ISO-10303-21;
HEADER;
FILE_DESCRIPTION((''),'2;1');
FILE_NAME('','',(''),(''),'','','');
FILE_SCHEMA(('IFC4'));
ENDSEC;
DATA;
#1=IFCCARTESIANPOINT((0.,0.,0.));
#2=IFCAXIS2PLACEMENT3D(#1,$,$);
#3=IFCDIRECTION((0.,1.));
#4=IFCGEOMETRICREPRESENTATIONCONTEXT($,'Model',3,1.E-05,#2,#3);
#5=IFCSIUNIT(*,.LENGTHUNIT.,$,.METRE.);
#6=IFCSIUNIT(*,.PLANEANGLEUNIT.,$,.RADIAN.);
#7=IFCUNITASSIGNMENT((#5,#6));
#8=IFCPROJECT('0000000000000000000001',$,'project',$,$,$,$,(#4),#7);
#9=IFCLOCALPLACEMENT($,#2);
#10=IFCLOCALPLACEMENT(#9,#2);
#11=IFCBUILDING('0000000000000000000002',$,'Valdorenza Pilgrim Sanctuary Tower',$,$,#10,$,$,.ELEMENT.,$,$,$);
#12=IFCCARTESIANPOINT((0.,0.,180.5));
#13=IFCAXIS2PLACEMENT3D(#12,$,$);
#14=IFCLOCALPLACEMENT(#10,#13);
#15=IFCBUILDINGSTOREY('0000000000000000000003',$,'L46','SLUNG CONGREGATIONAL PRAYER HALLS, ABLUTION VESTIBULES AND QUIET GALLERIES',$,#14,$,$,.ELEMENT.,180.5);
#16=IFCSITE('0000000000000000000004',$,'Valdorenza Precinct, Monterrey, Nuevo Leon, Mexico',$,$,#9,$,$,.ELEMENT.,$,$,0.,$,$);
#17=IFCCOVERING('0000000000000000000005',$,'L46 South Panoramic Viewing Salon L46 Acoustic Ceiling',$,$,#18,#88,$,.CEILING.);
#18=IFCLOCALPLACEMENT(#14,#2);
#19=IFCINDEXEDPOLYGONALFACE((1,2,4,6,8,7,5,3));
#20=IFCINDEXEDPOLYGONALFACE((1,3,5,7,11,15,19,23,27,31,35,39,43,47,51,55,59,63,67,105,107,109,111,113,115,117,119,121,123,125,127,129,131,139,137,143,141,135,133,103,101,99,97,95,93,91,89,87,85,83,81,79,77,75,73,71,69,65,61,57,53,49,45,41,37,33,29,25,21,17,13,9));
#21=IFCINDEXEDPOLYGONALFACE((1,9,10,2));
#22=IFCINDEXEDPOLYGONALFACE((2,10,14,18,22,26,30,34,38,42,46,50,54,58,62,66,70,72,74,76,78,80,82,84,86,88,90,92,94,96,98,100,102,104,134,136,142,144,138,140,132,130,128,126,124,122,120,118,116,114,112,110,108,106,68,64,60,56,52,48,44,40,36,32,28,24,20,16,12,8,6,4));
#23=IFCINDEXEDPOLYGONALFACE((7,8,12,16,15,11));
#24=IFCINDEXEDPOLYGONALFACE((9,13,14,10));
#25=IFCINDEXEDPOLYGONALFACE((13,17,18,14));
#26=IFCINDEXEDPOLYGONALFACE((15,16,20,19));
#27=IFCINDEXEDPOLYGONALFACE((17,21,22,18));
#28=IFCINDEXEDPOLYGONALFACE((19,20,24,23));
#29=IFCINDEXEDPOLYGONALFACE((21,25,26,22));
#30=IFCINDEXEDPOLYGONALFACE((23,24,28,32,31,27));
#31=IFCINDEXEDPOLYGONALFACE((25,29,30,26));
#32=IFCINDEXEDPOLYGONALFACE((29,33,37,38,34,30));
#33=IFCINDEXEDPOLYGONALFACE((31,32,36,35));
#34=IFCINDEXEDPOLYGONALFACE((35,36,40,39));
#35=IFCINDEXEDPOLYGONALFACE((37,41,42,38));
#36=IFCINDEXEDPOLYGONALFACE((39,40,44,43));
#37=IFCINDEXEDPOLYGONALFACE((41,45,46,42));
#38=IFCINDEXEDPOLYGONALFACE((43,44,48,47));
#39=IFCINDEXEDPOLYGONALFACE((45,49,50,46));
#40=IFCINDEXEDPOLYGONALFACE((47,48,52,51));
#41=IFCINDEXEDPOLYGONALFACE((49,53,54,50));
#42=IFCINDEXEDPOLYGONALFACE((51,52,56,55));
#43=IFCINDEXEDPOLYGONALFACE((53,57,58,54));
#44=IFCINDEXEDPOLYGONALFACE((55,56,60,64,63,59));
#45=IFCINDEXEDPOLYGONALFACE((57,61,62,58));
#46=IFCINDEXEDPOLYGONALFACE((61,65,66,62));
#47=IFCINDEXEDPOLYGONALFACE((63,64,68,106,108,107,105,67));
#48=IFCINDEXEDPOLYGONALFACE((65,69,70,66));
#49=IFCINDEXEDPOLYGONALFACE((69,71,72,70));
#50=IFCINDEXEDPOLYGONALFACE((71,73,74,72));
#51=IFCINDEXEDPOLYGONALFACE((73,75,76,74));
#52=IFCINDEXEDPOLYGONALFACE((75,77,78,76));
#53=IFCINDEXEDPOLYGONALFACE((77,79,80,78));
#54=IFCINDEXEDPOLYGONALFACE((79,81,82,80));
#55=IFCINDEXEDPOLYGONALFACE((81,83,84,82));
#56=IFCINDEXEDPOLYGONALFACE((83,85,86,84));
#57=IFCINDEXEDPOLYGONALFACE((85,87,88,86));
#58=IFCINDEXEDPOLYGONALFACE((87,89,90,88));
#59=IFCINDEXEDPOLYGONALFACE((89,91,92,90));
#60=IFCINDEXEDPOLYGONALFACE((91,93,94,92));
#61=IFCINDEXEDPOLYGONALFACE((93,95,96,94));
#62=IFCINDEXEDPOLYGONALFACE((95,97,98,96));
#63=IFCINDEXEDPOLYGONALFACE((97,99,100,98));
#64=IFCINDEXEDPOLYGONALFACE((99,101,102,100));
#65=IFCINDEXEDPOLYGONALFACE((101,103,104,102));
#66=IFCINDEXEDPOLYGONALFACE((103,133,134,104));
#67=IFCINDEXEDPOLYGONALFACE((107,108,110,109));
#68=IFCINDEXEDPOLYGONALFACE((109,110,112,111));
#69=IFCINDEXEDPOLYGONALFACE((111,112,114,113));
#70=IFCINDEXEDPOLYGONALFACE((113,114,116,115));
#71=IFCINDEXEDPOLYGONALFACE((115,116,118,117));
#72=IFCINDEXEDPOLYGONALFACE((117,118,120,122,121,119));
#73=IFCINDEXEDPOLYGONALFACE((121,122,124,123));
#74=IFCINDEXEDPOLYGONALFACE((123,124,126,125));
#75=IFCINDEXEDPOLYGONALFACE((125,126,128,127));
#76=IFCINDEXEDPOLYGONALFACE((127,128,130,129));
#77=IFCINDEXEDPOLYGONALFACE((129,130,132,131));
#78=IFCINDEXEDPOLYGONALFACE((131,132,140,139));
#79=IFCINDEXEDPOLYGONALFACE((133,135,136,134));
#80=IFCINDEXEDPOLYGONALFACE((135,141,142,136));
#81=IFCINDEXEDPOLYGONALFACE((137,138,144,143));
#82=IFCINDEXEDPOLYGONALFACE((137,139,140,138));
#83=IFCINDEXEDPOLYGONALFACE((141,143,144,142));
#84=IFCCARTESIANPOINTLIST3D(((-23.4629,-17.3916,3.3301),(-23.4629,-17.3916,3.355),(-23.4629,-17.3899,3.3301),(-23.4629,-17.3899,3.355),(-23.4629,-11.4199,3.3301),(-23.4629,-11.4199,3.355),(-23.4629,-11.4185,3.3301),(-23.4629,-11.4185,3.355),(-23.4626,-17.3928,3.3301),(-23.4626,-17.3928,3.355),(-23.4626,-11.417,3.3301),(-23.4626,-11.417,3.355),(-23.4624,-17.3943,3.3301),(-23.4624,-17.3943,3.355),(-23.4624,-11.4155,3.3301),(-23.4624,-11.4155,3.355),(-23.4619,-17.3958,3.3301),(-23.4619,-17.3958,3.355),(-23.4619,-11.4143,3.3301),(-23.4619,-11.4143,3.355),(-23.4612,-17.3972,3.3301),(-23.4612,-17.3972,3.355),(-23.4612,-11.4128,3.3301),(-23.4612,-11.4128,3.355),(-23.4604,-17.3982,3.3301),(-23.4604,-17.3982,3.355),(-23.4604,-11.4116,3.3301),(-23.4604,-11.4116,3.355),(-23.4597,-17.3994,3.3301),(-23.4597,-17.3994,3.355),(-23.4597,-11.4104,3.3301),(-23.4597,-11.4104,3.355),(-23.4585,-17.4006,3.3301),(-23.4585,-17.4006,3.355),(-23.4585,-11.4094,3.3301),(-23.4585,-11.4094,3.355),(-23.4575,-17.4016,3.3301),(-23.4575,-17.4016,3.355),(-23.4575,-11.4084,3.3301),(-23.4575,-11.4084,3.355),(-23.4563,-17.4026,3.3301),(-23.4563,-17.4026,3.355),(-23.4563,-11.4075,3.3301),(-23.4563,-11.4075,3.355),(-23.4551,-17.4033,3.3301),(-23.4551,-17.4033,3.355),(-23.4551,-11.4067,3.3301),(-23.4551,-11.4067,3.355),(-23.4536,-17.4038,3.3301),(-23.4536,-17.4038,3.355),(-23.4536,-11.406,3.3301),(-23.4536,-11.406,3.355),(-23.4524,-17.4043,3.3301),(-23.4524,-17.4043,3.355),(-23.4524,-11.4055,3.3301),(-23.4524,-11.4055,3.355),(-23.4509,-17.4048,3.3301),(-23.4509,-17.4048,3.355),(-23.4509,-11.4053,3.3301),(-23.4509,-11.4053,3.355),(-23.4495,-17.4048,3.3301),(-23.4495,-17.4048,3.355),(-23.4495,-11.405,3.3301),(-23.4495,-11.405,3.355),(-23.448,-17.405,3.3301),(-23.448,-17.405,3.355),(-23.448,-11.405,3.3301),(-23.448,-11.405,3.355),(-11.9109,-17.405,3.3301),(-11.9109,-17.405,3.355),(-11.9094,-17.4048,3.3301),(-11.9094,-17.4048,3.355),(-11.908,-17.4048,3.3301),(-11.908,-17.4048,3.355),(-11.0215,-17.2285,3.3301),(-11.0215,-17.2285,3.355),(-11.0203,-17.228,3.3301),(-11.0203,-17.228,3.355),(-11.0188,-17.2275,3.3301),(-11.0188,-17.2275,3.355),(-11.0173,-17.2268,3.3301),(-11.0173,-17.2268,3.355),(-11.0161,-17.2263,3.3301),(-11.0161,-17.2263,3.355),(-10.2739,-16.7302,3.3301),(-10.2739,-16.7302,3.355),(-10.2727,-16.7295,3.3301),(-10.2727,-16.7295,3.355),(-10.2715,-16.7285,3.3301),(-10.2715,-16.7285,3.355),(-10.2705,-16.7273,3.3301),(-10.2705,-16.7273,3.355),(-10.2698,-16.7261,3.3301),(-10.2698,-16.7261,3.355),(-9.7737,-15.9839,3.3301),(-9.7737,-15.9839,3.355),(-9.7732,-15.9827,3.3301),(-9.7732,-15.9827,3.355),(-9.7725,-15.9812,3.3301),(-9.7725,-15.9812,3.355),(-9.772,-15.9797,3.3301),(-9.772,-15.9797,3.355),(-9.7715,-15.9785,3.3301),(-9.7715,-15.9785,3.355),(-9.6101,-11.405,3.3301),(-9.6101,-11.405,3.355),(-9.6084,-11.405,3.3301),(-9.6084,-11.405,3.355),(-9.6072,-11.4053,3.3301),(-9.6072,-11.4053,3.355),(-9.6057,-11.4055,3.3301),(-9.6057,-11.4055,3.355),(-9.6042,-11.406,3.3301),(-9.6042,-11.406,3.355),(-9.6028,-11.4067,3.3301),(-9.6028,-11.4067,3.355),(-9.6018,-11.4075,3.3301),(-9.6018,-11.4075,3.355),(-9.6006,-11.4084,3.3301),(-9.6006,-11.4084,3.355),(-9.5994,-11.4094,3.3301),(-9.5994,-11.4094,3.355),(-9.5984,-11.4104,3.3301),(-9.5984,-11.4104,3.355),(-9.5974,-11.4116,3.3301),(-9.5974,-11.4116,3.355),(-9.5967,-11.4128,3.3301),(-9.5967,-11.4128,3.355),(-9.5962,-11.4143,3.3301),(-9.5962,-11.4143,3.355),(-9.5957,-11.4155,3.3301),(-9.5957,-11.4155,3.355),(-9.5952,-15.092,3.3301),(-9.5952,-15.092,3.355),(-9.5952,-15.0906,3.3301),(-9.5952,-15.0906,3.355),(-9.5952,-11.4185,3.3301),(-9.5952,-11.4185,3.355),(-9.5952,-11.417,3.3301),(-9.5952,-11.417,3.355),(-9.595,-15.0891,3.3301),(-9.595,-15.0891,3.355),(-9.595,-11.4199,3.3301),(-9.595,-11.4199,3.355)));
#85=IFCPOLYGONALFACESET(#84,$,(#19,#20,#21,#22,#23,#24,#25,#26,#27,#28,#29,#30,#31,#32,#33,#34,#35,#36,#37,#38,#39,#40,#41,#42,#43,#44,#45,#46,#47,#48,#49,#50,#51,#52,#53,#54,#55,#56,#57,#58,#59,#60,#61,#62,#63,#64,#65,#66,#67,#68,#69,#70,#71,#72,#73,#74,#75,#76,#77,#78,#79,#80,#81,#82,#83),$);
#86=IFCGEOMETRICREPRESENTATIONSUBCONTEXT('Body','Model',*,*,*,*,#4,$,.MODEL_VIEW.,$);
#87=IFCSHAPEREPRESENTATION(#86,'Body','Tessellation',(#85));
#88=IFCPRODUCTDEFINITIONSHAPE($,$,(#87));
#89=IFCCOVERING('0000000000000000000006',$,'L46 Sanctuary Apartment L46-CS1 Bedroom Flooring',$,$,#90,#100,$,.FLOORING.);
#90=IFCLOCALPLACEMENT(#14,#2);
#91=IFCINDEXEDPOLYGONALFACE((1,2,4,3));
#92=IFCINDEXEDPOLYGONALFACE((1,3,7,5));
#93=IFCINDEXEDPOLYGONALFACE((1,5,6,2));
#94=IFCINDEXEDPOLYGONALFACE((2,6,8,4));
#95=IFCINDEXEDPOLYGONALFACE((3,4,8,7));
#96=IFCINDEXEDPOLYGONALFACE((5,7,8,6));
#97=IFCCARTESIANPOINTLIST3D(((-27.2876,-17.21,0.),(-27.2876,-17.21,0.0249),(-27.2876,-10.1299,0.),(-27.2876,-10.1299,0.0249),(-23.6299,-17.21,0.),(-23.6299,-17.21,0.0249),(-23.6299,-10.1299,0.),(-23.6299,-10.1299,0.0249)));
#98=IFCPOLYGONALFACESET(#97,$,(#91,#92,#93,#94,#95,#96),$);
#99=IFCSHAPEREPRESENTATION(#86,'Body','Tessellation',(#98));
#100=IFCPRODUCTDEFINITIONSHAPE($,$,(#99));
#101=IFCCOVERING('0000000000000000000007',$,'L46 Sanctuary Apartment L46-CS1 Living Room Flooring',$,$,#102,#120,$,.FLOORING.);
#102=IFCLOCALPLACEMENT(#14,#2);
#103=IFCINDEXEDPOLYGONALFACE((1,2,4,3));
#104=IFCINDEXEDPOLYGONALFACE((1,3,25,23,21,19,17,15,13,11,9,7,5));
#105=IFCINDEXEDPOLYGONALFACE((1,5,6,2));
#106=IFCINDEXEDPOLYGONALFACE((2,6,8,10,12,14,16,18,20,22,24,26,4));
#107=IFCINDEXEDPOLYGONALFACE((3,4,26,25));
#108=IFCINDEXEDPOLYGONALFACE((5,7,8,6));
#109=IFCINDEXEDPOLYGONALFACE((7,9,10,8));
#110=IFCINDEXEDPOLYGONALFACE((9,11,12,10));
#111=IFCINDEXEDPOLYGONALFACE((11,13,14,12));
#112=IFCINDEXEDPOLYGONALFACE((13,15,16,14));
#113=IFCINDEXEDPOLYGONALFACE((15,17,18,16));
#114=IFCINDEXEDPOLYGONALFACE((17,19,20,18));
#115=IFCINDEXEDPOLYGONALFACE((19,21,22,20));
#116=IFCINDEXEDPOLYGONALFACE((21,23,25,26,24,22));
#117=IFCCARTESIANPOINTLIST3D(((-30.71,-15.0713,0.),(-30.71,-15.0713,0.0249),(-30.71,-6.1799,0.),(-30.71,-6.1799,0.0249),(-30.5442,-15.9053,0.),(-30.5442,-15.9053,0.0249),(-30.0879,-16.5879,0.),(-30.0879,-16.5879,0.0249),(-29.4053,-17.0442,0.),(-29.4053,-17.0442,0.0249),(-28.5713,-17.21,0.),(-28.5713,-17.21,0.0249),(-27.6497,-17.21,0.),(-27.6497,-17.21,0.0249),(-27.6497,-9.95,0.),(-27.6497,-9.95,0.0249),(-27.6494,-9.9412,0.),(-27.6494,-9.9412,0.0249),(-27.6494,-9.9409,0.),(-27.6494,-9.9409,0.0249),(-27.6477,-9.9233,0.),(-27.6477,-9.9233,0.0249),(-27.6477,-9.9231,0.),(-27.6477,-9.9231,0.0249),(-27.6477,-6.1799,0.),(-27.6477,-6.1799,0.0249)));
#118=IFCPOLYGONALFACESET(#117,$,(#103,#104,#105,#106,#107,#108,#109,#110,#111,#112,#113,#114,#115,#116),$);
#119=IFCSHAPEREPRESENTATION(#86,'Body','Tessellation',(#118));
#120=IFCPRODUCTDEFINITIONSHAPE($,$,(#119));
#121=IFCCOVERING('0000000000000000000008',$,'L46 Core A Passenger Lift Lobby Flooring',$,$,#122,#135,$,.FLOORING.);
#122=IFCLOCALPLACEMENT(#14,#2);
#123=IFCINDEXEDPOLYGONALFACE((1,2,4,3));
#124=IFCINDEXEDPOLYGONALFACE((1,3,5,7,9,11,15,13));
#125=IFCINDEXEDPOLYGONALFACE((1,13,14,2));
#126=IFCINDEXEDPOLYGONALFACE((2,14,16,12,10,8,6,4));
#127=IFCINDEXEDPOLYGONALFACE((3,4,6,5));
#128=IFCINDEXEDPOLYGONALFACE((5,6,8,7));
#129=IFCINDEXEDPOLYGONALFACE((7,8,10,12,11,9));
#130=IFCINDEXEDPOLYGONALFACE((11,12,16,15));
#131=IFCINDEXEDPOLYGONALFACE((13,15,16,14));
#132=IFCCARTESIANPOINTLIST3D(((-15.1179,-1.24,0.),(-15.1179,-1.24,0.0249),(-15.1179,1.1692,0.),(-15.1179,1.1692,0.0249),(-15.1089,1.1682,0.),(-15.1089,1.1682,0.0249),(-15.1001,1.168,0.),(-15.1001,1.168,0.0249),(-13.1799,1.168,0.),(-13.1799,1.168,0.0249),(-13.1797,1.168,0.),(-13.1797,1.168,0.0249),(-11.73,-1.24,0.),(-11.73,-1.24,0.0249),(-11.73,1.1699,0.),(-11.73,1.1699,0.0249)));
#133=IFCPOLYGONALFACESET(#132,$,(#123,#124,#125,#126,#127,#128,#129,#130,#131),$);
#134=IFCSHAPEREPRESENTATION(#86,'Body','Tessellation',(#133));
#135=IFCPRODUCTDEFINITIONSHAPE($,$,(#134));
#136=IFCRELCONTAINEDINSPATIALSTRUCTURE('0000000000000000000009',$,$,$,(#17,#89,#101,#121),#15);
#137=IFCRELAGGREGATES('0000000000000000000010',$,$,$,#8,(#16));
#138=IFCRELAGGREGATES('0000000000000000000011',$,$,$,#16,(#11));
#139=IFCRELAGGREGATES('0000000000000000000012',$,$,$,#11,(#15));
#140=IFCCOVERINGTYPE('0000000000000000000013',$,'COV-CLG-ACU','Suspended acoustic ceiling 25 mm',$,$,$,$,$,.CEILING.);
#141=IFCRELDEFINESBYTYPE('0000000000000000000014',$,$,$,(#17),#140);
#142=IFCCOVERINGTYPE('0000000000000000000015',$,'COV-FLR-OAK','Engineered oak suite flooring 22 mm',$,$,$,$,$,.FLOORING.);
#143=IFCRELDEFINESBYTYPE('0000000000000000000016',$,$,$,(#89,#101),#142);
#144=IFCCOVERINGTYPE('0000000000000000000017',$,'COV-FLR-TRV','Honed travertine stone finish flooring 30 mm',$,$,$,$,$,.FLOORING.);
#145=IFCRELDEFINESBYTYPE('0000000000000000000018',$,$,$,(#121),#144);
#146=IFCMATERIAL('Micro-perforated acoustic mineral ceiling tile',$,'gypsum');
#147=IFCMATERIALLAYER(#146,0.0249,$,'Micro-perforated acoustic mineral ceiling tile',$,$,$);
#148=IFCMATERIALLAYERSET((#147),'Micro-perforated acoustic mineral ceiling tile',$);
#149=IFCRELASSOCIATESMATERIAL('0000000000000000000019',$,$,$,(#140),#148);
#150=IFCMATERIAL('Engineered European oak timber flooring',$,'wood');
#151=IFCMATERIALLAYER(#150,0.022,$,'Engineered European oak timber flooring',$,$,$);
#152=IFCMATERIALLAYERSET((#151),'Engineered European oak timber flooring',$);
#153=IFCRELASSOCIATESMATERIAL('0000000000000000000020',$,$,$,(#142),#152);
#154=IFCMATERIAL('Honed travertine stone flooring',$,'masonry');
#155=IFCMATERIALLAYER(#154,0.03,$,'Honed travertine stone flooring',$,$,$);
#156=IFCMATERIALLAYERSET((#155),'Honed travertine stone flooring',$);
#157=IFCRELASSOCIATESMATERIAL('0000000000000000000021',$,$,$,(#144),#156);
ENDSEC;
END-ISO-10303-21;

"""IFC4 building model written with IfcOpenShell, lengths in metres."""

from ifc_helpers import new_model, si_unit, direction, frame, origin, place, context, subcontext, project, spatial, polyline, outline, extrude, material, layer, layer_set, type_object, element, save


model = new_model("IFC4")

# Units and contexts
model_context = context("Model", 3, precision=1e-05, world=origin(), true_north=direction((0.0, 1.0)))
body_context = subcontext(model_context, "Body", "Model", "MODEL_VIEW")
ifc_project = project(units=[si_unit("LENGTHUNIT", "METRE"), si_unit("PLANEANGLEUNIT", "RADIAN")], contexts=[model_context])

# Site, building, storey
site_placement = place(None, origin())
site = spatial("IfcSite", under=ifc_project, at=site_placement, Name="Valdorenza Precinct, Monterrey, Nuevo Leon, Mexico", CompositionType="ELEMENT", RefElevation=0.0)
building_placement = place(site_placement, origin())
building = spatial("IfcBuilding", under=site, at=building_placement, Name="Valdorenza Pilgrim Sanctuary Tower", CompositionType="ELEMENT")
storey_placement = place(building_placement, frame((0.0, 0.0, 180.5)))
storey = spatial("IfcBuildingStorey", under=building, at=storey_placement, Name="L46", Description="SLUNG CONGREGATIONAL PRAYER HALLS, ABLUTION VESTIBULES AND QUIET GALLERIES", CompositionType="ELEMENT", Elevation=180.5)

# Coverings
ifc_material_1 = material(Name="Micro-perforated acoustic mineral ceiling tile", Category="gypsum")
ifc_layer_1 = layer(ifc_material_1, 0.0249, Name="Micro-perforated acoustic mineral ceiling tile")
ifc_layer_set_1 = layer_set([ifc_layer_1], Name="Micro-perforated acoustic mineral ceiling tile")
covering_type_1 = type_object("IfcCoveringType", Name="COV-CLG-ACU", Description="Suspended acoustic ceiling 25 mm", PredefinedType="CEILING", material=ifc_layer_set_1)
covering_1_placement = place(storey_placement, frame((0.0, 0.0, 3.3301)))
element("IfcCovering", 1, at=covering_1_placement, inside=storey, type_object=covering_type_1, Name="L46 South Panoramic Viewing Salon L46 Acoustic Ceiling", PredefinedType="CEILING", context=body_context, shape_type="SweptSolid", body=[
    extrude(outline(polyline([(-9.6101, -11.405), (-9.6084, -11.405), (-9.6072, -11.4053), (-9.6057, -11.4055), (-9.6042, -11.406), (-9.6028, -11.4067), (-9.6018, -11.4075), (-9.6006, -11.4084), (-9.5994, -11.4094), (-9.5984, -11.4104), (-9.5974, -11.4116), (-9.5967, -11.4128), (-9.5962, -11.4143), (-9.5957, -11.4155), (-9.5952, -11.417), (-9.5952, -11.4185), (-9.595, -11.4199), (-9.595, -15.0891), (-9.5952, -15.0906), (-9.5952, -15.092), (-9.7715, -15.9785), (-9.772, -15.9797), (-9.7725, -15.9812), (-9.7732, -15.9827), (-9.7737, -15.9839), (-10.2698, -16.7261), (-10.2705, -16.7273), (-10.2715, -16.7285), (-10.2727, -16.7295), (-10.2739, -16.7302), (-11.0161, -17.2263), (-11.0173, -17.2268), (-11.0188, -17.2275), (-11.0203, -17.228), (-11.0215, -17.2285), (-11.908, -17.4048), (-11.9094, -17.4048), (-11.9109, -17.405), (-23.448, -17.405), (-23.4495, -17.4048), (-23.4509, -17.4048), (-23.4524, -17.4043), (-23.4536, -17.4038), (-23.4551, -17.4033), (-23.4563, -17.4026), (-23.4575, -17.4016), (-23.4585, -17.4006), (-23.4597, -17.3994), (-23.4604, -17.3982), (-23.4612, -17.3972), (-23.4619, -17.3958), (-23.4624, -17.3943), (-23.4626, -17.3928), (-23.4629, -17.3916), (-23.4629, -17.3899), (-23.4629, -11.4199), (-23.4629, -11.4185), (-23.4626, -11.417), (-23.4624, -11.4155), (-23.4619, -11.4143), (-23.4612, -11.4128), (-23.4604, -11.4116), (-23.4597, -11.4104), (-23.4585, -11.4094), (-23.4575, -11.4084), (-23.4563, -11.4075), (-23.4551, -11.4067), (-23.4536, -11.406), (-23.4524, -11.4055), (-23.4509, -11.4053), (-23.4495, -11.405), (-23.448, -11.405), (-9.6101, -11.405)])), origin(), (0.0, 0.0, 1.0), 0.0249),
])
ifc_material_2 = material(Name="Engineered European oak timber flooring", Category="wood")
ifc_layer_2 = layer(ifc_material_2, 0.022, Name="Engineered European oak timber flooring")
ifc_layer_set_2 = layer_set([ifc_layer_2], Name="Engineered European oak timber flooring")
covering_type_2 = type_object("IfcCoveringType", Name="COV-FLR-OAK", Description="Engineered oak suite flooring 22 mm", PredefinedType="FLOORING", material=ifc_layer_set_2)
covering_2_placement = place(storey_placement, origin())
element("IfcCovering", 2, at=covering_2_placement, inside=storey, type_object=covering_type_2, Name="L46 Sanctuary Apartment L46-CS1 Bedroom Flooring", PredefinedType="FLOORING", context=body_context, shape_type="SweptSolid", body=[
    extrude(outline(polyline([(-27.2876, -10.1299), (-23.6299, -10.1299), (-23.6299, -17.21), (-27.2876, -17.21), (-27.2876, -10.1299)])), origin(), (0.0, 0.0, 1.0), 0.0249),
])
covering_3_placement = place(storey_placement, origin())
element("IfcCovering", 3, at=covering_3_placement, inside=storey, type_object=covering_type_2, Name="L46 Sanctuary Apartment L46-CS1 Living Room Flooring", PredefinedType="FLOORING", context=body_context, shape_type="SweptSolid", body=[
    extrude(outline(polyline([(-29.4053, -17.0442), (-30.0879, -16.5879), (-30.5442, -15.9053), (-30.71, -15.0713), (-30.71, -6.1799), (-27.6477, -6.1799), (-27.6477, -9.9231), (-27.6477, -9.9231), (-27.6477, -9.9233), (-27.6494, -9.9409), (-27.6494, -9.9412), (-27.6497, -9.95), (-27.6497, -17.21), (-28.5713, -17.21), (-29.4053, -17.0442)])), origin(), (0.0, 0.0, 1.0), 0.0249),
])
ifc_material_3 = material(Name="Honed travertine stone flooring", Category="masonry")
ifc_layer_3 = layer(ifc_material_3, 0.03, Name="Honed travertine stone flooring")
ifc_layer_set_3 = layer_set([ifc_layer_3], Name="Honed travertine stone flooring")
covering_type_3 = type_object("IfcCoveringType", Name="COV-FLR-TRV", Description="Honed travertine stone finish flooring 30 mm", PredefinedType="FLOORING", material=ifc_layer_set_3)
covering_4_placement = place(storey_placement, origin())
element("IfcCovering", 4, at=covering_4_placement, inside=storey, type_object=covering_type_3, Name="L46 Core A Passenger Lift Lobby Flooring", PredefinedType="FLOORING", context=body_context, shape_type="SweptSolid", body=[
    extrude(outline(polyline([(-15.1179, 1.1692), (-15.1089, 1.1682), (-15.1089, 1.1682), (-15.1001, 1.168), (-13.1799, 1.168), (-13.1797, 1.168), (-11.73, 1.1699), (-11.73, -1.24), (-15.1179, -1.24), (-15.1179, 1.1692)])), origin(), (0.0, 0.0, 1.0), 0.0249),
])

save(model, "model.ifc")
